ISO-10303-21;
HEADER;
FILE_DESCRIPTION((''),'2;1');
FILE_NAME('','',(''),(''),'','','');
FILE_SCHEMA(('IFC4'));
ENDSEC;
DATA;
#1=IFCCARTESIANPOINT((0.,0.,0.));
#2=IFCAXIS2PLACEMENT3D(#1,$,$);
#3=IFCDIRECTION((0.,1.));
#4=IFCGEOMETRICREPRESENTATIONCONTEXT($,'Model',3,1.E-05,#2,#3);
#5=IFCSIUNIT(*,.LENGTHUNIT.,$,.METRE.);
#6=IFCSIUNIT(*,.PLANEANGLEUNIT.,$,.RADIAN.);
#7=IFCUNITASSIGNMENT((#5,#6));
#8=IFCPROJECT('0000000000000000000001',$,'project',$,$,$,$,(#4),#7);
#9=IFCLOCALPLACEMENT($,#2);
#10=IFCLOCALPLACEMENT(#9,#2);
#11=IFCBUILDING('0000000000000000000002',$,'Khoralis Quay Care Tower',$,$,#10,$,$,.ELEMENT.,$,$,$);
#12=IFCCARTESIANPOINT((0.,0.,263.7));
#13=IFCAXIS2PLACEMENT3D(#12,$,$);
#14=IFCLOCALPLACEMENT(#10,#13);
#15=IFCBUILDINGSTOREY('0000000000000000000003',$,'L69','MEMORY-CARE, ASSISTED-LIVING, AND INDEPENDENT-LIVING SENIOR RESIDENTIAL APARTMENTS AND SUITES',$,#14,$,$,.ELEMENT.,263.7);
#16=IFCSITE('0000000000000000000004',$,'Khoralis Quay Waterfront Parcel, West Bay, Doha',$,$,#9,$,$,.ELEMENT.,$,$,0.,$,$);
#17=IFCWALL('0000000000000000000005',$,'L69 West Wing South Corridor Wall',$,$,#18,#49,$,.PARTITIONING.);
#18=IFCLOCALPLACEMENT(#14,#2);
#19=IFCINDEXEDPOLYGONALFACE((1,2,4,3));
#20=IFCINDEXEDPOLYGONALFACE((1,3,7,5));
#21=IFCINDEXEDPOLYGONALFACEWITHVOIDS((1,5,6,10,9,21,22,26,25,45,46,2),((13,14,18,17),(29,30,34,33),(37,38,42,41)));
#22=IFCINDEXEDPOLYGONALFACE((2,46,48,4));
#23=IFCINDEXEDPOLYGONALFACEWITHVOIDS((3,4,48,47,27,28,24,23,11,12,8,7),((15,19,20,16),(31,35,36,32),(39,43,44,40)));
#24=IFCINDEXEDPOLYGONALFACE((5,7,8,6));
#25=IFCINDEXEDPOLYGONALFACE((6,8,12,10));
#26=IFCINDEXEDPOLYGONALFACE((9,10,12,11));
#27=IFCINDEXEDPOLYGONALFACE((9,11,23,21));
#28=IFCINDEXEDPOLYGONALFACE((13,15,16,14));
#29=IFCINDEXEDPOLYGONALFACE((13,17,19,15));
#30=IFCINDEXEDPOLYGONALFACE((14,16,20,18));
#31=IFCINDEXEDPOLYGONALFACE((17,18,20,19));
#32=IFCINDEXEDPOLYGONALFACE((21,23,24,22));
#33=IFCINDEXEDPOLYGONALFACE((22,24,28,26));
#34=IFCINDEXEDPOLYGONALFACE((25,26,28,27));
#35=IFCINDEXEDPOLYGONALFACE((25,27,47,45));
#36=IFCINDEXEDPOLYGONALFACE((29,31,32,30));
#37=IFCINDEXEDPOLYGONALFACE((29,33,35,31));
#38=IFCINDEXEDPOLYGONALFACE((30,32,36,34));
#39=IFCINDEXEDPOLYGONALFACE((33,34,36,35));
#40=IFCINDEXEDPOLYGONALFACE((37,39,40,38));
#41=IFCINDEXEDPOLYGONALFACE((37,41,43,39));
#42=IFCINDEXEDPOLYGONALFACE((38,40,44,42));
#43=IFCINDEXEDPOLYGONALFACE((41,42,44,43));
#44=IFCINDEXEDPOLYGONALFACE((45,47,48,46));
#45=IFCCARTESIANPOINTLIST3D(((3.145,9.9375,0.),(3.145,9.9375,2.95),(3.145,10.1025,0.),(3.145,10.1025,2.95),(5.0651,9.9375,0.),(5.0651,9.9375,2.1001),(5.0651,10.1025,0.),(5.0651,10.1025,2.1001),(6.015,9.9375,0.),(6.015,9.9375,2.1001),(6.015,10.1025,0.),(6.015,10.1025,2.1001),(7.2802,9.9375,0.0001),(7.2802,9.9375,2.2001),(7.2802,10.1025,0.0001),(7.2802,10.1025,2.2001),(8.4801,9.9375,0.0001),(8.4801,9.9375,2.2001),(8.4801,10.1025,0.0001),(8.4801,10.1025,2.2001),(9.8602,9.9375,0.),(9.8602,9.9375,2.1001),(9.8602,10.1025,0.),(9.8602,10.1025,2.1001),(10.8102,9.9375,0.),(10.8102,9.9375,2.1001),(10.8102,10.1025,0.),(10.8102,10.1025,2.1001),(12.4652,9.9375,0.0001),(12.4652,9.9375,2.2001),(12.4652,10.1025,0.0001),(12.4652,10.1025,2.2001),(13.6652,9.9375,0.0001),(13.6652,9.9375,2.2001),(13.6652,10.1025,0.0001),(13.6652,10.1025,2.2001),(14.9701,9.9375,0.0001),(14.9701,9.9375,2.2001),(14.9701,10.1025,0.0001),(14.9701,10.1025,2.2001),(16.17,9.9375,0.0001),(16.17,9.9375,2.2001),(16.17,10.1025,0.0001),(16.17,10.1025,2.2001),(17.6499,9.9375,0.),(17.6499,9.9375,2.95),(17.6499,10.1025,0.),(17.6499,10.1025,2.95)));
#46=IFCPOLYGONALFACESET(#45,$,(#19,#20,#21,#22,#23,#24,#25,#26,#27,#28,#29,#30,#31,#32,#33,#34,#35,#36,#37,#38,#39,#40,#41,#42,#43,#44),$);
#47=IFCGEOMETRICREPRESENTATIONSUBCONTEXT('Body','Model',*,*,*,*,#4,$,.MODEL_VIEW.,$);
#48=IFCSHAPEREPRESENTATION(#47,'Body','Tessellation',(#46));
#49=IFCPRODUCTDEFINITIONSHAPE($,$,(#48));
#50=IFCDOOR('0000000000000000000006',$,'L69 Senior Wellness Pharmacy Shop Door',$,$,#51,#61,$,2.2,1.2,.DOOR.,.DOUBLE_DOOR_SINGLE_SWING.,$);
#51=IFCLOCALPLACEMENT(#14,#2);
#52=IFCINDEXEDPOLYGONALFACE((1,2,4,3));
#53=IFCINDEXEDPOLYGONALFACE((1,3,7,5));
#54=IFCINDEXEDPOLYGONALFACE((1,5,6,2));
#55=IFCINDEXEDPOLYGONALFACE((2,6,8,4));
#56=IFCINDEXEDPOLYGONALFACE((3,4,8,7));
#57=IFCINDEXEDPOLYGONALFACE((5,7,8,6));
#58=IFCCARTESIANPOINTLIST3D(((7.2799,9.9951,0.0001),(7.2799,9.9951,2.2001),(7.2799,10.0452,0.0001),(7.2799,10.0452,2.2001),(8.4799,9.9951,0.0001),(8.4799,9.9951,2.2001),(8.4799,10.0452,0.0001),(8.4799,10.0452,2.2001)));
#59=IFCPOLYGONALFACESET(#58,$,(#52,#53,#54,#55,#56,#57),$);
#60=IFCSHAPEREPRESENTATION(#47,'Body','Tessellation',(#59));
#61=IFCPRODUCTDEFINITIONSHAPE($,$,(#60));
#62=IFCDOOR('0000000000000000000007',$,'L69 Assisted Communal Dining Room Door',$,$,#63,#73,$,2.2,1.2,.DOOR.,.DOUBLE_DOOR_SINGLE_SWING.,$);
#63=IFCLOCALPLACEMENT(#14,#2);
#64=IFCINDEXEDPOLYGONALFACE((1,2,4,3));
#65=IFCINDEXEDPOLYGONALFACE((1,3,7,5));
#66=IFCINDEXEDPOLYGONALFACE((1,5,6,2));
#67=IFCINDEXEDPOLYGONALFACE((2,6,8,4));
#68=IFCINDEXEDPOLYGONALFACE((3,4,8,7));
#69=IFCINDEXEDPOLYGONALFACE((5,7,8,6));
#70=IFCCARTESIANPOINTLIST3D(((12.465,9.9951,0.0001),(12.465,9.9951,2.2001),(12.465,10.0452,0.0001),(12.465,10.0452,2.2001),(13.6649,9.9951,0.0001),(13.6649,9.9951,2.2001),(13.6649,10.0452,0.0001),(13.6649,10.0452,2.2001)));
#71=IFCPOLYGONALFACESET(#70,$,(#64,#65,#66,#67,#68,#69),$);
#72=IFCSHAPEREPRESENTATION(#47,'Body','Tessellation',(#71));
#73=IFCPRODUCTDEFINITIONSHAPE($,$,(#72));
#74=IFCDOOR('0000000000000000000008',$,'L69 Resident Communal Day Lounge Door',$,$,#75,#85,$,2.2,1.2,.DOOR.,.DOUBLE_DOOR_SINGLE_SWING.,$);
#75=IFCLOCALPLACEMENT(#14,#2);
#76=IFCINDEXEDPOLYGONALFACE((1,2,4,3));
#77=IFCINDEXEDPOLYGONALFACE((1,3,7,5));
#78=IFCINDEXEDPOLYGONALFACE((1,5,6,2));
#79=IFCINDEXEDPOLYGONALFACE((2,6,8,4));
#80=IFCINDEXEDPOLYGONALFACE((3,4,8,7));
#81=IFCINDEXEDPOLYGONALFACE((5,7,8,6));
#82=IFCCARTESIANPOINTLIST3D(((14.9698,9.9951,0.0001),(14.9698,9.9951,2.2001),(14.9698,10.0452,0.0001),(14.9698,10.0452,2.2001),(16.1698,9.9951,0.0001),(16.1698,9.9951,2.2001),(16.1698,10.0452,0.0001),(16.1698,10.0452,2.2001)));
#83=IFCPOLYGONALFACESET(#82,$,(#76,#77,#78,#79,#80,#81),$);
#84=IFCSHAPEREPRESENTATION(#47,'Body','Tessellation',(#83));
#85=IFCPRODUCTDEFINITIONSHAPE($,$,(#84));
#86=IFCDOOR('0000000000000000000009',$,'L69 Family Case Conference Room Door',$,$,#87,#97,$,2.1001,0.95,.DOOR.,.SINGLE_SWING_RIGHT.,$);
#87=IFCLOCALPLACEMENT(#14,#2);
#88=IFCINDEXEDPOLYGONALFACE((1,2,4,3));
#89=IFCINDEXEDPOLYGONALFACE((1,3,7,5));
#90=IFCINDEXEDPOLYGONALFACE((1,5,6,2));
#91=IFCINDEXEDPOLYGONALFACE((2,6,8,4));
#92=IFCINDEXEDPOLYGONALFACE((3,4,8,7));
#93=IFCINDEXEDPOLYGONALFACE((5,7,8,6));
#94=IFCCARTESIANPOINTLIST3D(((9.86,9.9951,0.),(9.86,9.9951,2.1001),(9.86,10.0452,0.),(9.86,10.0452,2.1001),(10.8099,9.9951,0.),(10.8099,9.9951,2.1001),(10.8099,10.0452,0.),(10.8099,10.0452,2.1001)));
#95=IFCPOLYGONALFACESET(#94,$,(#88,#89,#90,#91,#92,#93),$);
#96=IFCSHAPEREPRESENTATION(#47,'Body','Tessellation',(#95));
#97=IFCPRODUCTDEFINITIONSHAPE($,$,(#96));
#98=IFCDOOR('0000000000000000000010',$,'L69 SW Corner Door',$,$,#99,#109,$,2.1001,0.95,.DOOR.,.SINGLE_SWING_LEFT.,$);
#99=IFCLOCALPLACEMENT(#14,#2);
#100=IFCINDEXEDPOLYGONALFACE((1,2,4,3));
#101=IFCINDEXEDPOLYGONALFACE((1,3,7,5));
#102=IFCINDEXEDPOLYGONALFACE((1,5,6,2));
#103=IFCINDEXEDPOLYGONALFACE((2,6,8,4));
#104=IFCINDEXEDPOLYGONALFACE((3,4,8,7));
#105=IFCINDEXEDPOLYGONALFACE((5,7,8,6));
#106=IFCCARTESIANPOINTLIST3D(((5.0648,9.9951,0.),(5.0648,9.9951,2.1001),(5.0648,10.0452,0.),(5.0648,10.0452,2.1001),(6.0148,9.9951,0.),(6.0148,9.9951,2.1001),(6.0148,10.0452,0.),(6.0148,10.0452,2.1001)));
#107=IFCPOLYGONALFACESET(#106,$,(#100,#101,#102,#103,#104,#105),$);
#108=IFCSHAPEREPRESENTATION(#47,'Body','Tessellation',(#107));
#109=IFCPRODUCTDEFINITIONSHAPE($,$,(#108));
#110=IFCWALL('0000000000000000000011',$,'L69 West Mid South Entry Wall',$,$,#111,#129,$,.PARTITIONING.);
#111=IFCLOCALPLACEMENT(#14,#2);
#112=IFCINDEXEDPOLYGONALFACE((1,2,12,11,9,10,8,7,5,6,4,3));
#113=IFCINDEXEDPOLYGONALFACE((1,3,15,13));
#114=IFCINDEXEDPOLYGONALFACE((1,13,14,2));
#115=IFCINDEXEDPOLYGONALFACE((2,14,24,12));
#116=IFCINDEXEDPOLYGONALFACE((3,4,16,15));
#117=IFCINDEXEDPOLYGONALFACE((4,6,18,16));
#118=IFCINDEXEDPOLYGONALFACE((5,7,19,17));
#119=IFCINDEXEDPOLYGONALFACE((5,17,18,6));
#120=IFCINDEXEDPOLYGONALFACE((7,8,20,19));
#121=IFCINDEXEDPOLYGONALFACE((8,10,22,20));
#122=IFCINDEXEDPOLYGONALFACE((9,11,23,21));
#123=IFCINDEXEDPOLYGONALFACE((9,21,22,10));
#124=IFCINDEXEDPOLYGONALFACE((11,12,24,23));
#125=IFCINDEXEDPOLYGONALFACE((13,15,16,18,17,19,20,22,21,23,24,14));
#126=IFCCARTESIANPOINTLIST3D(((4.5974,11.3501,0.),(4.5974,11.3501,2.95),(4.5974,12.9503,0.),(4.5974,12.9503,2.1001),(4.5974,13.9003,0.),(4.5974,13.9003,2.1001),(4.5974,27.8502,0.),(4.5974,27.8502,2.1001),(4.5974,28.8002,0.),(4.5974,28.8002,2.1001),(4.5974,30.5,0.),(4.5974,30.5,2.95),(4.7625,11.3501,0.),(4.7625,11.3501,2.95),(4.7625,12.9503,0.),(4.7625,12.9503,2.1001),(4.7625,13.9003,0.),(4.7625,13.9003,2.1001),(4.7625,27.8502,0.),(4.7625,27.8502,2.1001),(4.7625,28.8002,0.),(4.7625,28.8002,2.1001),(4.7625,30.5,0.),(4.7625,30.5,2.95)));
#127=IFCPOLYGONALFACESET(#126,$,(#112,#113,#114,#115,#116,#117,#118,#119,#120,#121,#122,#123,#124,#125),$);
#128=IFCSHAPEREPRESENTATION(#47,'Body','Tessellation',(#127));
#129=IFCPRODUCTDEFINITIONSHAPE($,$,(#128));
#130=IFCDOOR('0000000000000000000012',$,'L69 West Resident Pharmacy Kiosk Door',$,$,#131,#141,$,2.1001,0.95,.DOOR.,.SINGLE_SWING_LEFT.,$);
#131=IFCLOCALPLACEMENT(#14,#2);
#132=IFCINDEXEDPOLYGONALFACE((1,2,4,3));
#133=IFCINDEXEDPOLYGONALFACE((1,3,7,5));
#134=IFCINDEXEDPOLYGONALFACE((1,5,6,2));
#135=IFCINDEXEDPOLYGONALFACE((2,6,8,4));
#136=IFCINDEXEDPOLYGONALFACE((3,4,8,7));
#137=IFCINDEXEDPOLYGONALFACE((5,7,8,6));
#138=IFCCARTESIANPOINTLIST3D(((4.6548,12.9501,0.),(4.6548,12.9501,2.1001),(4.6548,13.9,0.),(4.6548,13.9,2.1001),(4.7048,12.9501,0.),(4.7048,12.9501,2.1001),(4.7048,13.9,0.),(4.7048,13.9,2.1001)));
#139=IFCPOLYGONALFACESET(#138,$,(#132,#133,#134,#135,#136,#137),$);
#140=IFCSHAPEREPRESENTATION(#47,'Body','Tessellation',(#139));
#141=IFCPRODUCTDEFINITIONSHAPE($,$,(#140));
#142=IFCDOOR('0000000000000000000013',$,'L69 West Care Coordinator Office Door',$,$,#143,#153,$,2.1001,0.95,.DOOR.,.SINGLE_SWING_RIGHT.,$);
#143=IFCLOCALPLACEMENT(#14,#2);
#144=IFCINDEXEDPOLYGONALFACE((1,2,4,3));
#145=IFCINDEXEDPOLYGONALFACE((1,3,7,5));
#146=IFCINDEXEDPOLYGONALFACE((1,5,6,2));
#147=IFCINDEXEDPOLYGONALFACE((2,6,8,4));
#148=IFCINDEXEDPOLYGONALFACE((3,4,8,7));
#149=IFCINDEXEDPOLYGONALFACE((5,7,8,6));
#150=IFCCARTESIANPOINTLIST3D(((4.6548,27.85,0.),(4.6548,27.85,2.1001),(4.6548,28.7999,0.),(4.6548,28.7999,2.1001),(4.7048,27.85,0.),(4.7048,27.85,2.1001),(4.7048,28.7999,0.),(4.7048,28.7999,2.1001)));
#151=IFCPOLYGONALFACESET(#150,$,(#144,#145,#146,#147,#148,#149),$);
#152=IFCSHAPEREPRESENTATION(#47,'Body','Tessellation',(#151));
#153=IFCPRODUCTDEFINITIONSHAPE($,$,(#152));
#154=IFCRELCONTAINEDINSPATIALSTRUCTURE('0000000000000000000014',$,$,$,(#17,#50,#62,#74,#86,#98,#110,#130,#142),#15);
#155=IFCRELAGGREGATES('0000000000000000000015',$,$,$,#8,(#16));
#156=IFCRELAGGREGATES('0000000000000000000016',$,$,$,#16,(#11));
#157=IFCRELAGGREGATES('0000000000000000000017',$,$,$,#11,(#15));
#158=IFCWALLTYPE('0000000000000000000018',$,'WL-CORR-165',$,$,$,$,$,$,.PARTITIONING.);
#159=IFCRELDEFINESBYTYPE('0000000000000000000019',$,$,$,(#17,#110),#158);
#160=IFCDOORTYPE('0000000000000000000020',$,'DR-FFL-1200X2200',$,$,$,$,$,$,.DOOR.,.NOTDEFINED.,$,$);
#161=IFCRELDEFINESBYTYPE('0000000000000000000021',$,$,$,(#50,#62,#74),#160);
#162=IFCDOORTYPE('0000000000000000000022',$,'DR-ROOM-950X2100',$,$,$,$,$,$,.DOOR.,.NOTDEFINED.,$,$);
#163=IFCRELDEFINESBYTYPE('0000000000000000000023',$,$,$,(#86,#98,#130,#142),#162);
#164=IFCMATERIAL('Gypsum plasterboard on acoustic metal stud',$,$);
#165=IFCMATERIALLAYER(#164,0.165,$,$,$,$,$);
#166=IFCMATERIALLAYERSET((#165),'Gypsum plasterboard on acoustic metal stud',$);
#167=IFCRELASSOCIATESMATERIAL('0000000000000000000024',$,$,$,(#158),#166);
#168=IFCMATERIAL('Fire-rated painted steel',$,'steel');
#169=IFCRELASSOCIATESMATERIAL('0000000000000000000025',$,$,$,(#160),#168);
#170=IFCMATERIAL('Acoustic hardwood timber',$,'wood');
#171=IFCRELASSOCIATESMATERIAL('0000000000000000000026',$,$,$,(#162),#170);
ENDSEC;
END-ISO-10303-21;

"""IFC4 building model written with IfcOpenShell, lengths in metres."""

from ifc_helpers import new_model, si_unit, direction, frame, frame_2d, origin, place, context, subcontext, project, spatial, rectangle, extrude, source, transform, mapped, material, layer, layer_set, type_object, element, fill, save


model = new_model("IFC4")

# Units and contexts
model_context = context("Model", 3, precision=1e-05, world=origin(), true_north=direction((0.0, 1.0)))
body_context = subcontext(model_context, "Body", "Model", "MODEL_VIEW")
ifc_project = project(units=[si_unit("LENGTHUNIT", "METRE"), si_unit("PLANEANGLEUNIT", "RADIAN")], contexts=[model_context])

# Site, building, storey
site_placement = place(None, origin())
site = spatial("IfcSite", under=ifc_project, at=site_placement, Name="Khoralis Quay Waterfront Parcel, West Bay, Doha", CompositionType="ELEMENT", RefElevation=0.0)
building_placement = place(site_placement, origin())
building = spatial("IfcBuilding", under=site, at=building_placement, Name="Khoralis Quay Care Tower", CompositionType="ELEMENT")
storey_placement = place(building_placement, frame((0.0, 0.0, 263.7)))
storey = spatial("IfcBuildingStorey", under=building, at=storey_placement, Name="L69", Description="MEMORY-CARE, ASSISTED-LIVING, AND INDEPENDENT-LIVING SENIOR RESIDENTIAL APARTMENTS AND SUITES", CompositionType="ELEMENT", Elevation=263.7)

# Walls, openings, doors
ifc_material_1 = material(Name="Gypsum plasterboard on acoustic metal stud")
ifc_layer_1 = layer(ifc_material_1, 0.165)
ifc_layer_set_1 = layer_set([ifc_layer_1], Name="Gypsum plasterboard on acoustic metal stud")
wall_type_1 = type_object("IfcWallType", Name="WL-CORR-165", PredefinedType="PARTITIONING", material=ifc_layer_set_1)
wall_1_placement = place(storey_placement, frame((3.145, 10.02, 0.0), z_axis=(0.0, 0.0, 1.0), x_axis=(1.0, 0.0, 0.0)))
wall_1 = element("IfcWall", 1, at=wall_1_placement, inside=storey, type_object=wall_type_1, Name="L69 West Wing South Corridor Wall", PredefinedType="PARTITIONING", context=body_context, shape_type="SweptSolid", body=[
    extrude(rectangle(XDim=14.5049, YDim=0.165, at=frame_2d((7.2524, 0.0))), origin(), (0.0, 0.0, 1.0), 2.95),
])
opening_1_placement = place(wall_1_placement, frame((4.135, 0.0, 0.0)))
opening_1 = element("IfcOpeningElement", 2, at=opening_1_placement, cuts=wall_1, PredefinedType="OPENING", context=body_context, shape_type="SweptSolid", body=[
    extrude(rectangle(XDim=1.2, YDim=2.2, at=frame_2d((0.6001, 1.1001))), frame((0.0, 0.0925, 0.0), z_axis=(0.0, -1.0, 0.0), x_axis=(1.0, 0.0, 0.0)), (0.0, 0.0, 1.0), 0.1851),
])
opening_2_placement = place(wall_1_placement, frame((6.7151, 0.0, 0.0)))
opening_2 = element("IfcOpeningElement", 3, at=opening_2_placement, cuts=wall_1, PredefinedType="OPENING", context=body_context, shape_type="SweptSolid", body=[
    extrude(rectangle(XDim=0.95, YDim=2.1001, at=frame_2d((0.4751, 1.05))), frame((0.0, 0.0925, 0.0), z_axis=(0.0, -1.0, 0.0), x_axis=(1.0, 0.0, 0.0)), (0.0, 0.0, 1.0), 0.1851),
])
opening_3_placement = place(wall_1_placement, frame((9.3201, 0.0, 0.0)))
opening_3 = element("IfcOpeningElement", 4, at=opening_3_placement, cuts=wall_1, PredefinedType="OPENING", context=body_context, shape_type="SweptSolid", body=[
    extrude(rectangle(XDim=1.2, YDim=2.2, at=frame_2d((0.6001, 1.1001))), frame((0.0, 0.0925, 0.0), z_axis=(0.0, -1.0, 0.0), x_axis=(1.0, 0.0, 0.0)), (0.0, 0.0, 1.0), 0.1851),
])
opening_4_placement = place(wall_1_placement, frame((11.825, 0.0, 0.0)))
opening_4 = element("IfcOpeningElement", 5, at=opening_4_placement, cuts=wall_1, PredefinedType="OPENING", context=body_context, shape_type="SweptSolid", body=[
    extrude(rectangle(XDim=1.2, YDim=2.2, at=frame_2d((0.6001, 1.1001))), frame((0.0, 0.0925, 0.0), z_axis=(0.0, -1.0, 0.0), x_axis=(1.0, 0.0, 0.0)), (0.0, 0.0, 1.0), 0.1851),
])
opening_5_placement = place(wall_1_placement, frame((1.9199, 0.0, 0.0)))
opening_5 = element("IfcOpeningElement", 6, at=opening_5_placement, cuts=wall_1, PredefinedType="OPENING", context=body_context, shape_type="SweptSolid", body=[
    extrude(rectangle(XDim=0.95, YDim=2.1001, at=frame_2d((0.4751, 1.05))), frame((0.0, 0.0925, 0.0), z_axis=(0.0, -1.0, 0.0), x_axis=(1.0, 0.0, 0.0)), (0.0, 0.0, 1.0), 0.1851),
])
ifc_material_2 = material(Name="Fire-rated painted steel", Category="steel")
door_type_1 = type_object("IfcDoorType", Name="DR-FFL-1200X2200", OperationType="NOTDEFINED", PredefinedType="DOOR", material=ifc_material_2)
shared_shape_1 = source(origin(), body_context, "Body", "SweptSolid", [
    extrude(rectangle(XDim=1.2, YDim=2.2, at=frame_2d((0.6001, 1.1001))), frame((0.0, 0.0249, 0.0), z_axis=(0.0, -1.0, 0.0), x_axis=(1.0, 0.0, 0.0)), (0.0, 0.0, 1.0), 0.05),
])
door_1_placement = place(opening_1_placement, frame((1.2, 0.0, 0.0), z_axis=(0.0, 0.0, 1.0), x_axis=(-1.0, 0.0, 0.0)))
door_1 = element("IfcDoor", 7, at=door_1_placement, inside=storey, type_object=door_type_1, Name="L69 Senior Wellness Pharmacy Shop Door", OperationType="DOUBLE_DOOR_SINGLE_SWING", OverallHeight=2.2, OverallWidth=1.2, PredefinedType="DOOR", context=body_context, shape_type="MappedRepresentation", body=[
    mapped(shared_shape_1, transform((0.0, 0.0, 0.0), scale=1.0)),
])
fill(opening_1, door_1)
door_2_placement = place(opening_3_placement, frame((1.2, 0.0, 0.0), z_axis=(0.0, 0.0, 1.0), x_axis=(-1.0, 0.0, 0.0)))
door_2 = element("IfcDoor", 8, at=door_2_placement, inside=storey, type_object=door_type_1, Name="L69 Assisted Communal Dining Room Door", OperationType="DOUBLE_DOOR_SINGLE_SWING", OverallHeight=2.2, OverallWidth=1.2, PredefinedType="DOOR", context=body_context, shape_type="MappedRepresentation", body=[
    mapped(shared_shape_1, transform((0.0, 0.0, 0.0), scale=1.0)),
])
fill(opening_3, door_2)
door_3_placement = place(opening_4_placement, frame((1.2, 0.0, 0.0), z_axis=(0.0, 0.0, 1.0), x_axis=(-1.0, 0.0, 0.0)))
door_3 = element("IfcDoor", 9, at=door_3_placement, inside=storey, type_object=door_type_1, Name="L69 Resident Communal Day Lounge Door", OperationType="DOUBLE_DOOR_SINGLE_SWING", OverallHeight=2.2, OverallWidth=1.2, PredefinedType="DOOR", context=body_context, shape_type="MappedRepresentation", body=[
    mapped(shared_shape_1, transform((0.0, 0.0, 0.0), scale=1.0)),
])
fill(opening_4, door_3)
ifc_material_3 = material(Name="Acoustic hardwood timber", Category="wood")
door_type_2 = type_object("IfcDoorType", Name="DR-ROOM-950X2100", OperationType="NOTDEFINED", PredefinedType="DOOR", material=ifc_material_3)
shared_shape_2 = source(origin(), body_context, "Body", "SweptSolid", [
    extrude(rectangle(XDim=0.95, YDim=2.1001, at=frame_2d((0.4751, 1.05))), frame((0.0, 0.0249, 0.0), z_axis=(0.0, -1.0, 0.0), x_axis=(1.0, 0.0, 0.0)), (0.0, 0.0, 1.0), 0.05),
])
door_4_placement = place(opening_2_placement, frame((0.95, 0.0, 0.0), z_axis=(0.0, 0.0, 1.0), x_axis=(-1.0, 0.0, 0.0)))
door_4 = element("IfcDoor", 10, at=door_4_placement, inside=storey, type_object=door_type_2, Name="L69 Family Case Conference Room Door", OperationType="SINGLE_SWING_RIGHT", OverallHeight=2.1001, OverallWidth=0.95, PredefinedType="DOOR", context=body_context, shape_type="MappedRepresentation", body=[
    mapped(shared_shape_2, transform((0.0, 0.0, 0.0), scale=1.0)),
])
fill(opening_2, door_4)
door_5_placement = place(opening_5_placement, frame((0.95, 0.0, 0.0), z_axis=(0.0, 0.0, 1.0), x_axis=(-1.0, 0.0, 0.0)))
door_5 = element("IfcDoor", 11, at=door_5_placement, inside=storey, type_object=door_type_2, Name="L69 SW Corner Door", OperationType="SINGLE_SWING_LEFT", OverallHeight=2.1001, OverallWidth=0.95, PredefinedType="DOOR", context=body_context, shape_type="MappedRepresentation", body=[
    mapped(shared_shape_2, transform((0.0, 0.0, 0.0), scale=1.0)),
])
fill(opening_5, door_5)
wall_2_placement = place(storey_placement, frame((4.6799, 11.3501, 0.0), z_axis=(0.0, 0.0, 1.0), x_axis=(0.0, 1.0, 0.0)))
wall_2 = element("IfcWall", 12, at=wall_2_placement, inside=storey, type_object=wall_type_1, Name="L69 West Mid South Entry Wall", PredefinedType="PARTITIONING", context=body_context, shape_type="SweptSolid", body=[
    extrude(rectangle(XDim=19.1499, YDim=0.165, at=frame_2d((9.575, 0.0))), origin(), (0.0, 0.0, 1.0), 2.95),
])
opening_6_placement = place(wall_2_placement, frame((1.6001, 0.0, 0.0)))
opening_6 = element("IfcOpeningElement", 13, at=opening_6_placement, cuts=wall_2, PredefinedType="OPENING", context=body_context, shape_type="SweptSolid", body=[
    extrude(rectangle(XDim=0.95, YDim=2.1001, at=frame_2d((0.4751, 1.05))), frame((0.0, 0.0925, 0.0), z_axis=(0.0, -1.0, 0.0), x_axis=(1.0, 0.0, 0.0)), (0.0, 0.0, 1.0), 0.1851),
])
opening_7_placement = place(wall_2_placement, frame((16.5, 0.0, 0.0)))
opening_7 = element("IfcOpeningElement", 14, at=opening_7_placement, cuts=wall_2, PredefinedType="OPENING", context=body_context, shape_type="SweptSolid", body=[
    extrude(rectangle(XDim=0.95, YDim=2.1001, at=frame_2d((0.4751, 1.05))), frame((0.0, 0.0925, 0.0), z_axis=(0.0, -1.0, 0.0), x_axis=(1.0, 0.0, 0.0)), (0.0, 0.0, 1.0), 0.1851),
])
door_6_placement = place(opening_6_placement, frame((0.95, 0.0, 0.0), z_axis=(0.0, 0.0, 1.0), x_axis=(-1.0, 0.0, 0.0)))
door_6 = element("IfcDoor", 15, at=door_6_placement, inside=storey, type_object=door_type_2, Name="L69 West Resident Pharmacy Kiosk Door", OperationType="SINGLE_SWING_LEFT", OverallHeight=2.1001, OverallWidth=0.95, PredefinedType="DOOR", context=body_context, shape_type="MappedRepresentation", body=[
    mapped(shared_shape_2, transform((0.0, 0.0, 0.0), scale=1.0)),
])
fill(opening_6, door_6)
door_7_placement = place(opening_7_placement, frame((0.95, 0.0, 0.0), z_axis=(0.0, 0.0, 1.0), x_axis=(-1.0, 0.0, 0.0)))
door_7 = element("IfcDoor", 16, at=door_7_placement, inside=storey, type_object=door_type_2, Name="L69 West Care Coordinator Office Door", OperationType="SINGLE_SWING_RIGHT", OverallHeight=2.1001, OverallWidth=0.95, PredefinedType="DOOR", context=body_context, shape_type="MappedRepresentation", body=[
    mapped(shared_shape_2, transform((0.0, 0.0, 0.0), scale=1.0)),
])
fill(opening_7, door_7)

save(model, "model.ifc")
